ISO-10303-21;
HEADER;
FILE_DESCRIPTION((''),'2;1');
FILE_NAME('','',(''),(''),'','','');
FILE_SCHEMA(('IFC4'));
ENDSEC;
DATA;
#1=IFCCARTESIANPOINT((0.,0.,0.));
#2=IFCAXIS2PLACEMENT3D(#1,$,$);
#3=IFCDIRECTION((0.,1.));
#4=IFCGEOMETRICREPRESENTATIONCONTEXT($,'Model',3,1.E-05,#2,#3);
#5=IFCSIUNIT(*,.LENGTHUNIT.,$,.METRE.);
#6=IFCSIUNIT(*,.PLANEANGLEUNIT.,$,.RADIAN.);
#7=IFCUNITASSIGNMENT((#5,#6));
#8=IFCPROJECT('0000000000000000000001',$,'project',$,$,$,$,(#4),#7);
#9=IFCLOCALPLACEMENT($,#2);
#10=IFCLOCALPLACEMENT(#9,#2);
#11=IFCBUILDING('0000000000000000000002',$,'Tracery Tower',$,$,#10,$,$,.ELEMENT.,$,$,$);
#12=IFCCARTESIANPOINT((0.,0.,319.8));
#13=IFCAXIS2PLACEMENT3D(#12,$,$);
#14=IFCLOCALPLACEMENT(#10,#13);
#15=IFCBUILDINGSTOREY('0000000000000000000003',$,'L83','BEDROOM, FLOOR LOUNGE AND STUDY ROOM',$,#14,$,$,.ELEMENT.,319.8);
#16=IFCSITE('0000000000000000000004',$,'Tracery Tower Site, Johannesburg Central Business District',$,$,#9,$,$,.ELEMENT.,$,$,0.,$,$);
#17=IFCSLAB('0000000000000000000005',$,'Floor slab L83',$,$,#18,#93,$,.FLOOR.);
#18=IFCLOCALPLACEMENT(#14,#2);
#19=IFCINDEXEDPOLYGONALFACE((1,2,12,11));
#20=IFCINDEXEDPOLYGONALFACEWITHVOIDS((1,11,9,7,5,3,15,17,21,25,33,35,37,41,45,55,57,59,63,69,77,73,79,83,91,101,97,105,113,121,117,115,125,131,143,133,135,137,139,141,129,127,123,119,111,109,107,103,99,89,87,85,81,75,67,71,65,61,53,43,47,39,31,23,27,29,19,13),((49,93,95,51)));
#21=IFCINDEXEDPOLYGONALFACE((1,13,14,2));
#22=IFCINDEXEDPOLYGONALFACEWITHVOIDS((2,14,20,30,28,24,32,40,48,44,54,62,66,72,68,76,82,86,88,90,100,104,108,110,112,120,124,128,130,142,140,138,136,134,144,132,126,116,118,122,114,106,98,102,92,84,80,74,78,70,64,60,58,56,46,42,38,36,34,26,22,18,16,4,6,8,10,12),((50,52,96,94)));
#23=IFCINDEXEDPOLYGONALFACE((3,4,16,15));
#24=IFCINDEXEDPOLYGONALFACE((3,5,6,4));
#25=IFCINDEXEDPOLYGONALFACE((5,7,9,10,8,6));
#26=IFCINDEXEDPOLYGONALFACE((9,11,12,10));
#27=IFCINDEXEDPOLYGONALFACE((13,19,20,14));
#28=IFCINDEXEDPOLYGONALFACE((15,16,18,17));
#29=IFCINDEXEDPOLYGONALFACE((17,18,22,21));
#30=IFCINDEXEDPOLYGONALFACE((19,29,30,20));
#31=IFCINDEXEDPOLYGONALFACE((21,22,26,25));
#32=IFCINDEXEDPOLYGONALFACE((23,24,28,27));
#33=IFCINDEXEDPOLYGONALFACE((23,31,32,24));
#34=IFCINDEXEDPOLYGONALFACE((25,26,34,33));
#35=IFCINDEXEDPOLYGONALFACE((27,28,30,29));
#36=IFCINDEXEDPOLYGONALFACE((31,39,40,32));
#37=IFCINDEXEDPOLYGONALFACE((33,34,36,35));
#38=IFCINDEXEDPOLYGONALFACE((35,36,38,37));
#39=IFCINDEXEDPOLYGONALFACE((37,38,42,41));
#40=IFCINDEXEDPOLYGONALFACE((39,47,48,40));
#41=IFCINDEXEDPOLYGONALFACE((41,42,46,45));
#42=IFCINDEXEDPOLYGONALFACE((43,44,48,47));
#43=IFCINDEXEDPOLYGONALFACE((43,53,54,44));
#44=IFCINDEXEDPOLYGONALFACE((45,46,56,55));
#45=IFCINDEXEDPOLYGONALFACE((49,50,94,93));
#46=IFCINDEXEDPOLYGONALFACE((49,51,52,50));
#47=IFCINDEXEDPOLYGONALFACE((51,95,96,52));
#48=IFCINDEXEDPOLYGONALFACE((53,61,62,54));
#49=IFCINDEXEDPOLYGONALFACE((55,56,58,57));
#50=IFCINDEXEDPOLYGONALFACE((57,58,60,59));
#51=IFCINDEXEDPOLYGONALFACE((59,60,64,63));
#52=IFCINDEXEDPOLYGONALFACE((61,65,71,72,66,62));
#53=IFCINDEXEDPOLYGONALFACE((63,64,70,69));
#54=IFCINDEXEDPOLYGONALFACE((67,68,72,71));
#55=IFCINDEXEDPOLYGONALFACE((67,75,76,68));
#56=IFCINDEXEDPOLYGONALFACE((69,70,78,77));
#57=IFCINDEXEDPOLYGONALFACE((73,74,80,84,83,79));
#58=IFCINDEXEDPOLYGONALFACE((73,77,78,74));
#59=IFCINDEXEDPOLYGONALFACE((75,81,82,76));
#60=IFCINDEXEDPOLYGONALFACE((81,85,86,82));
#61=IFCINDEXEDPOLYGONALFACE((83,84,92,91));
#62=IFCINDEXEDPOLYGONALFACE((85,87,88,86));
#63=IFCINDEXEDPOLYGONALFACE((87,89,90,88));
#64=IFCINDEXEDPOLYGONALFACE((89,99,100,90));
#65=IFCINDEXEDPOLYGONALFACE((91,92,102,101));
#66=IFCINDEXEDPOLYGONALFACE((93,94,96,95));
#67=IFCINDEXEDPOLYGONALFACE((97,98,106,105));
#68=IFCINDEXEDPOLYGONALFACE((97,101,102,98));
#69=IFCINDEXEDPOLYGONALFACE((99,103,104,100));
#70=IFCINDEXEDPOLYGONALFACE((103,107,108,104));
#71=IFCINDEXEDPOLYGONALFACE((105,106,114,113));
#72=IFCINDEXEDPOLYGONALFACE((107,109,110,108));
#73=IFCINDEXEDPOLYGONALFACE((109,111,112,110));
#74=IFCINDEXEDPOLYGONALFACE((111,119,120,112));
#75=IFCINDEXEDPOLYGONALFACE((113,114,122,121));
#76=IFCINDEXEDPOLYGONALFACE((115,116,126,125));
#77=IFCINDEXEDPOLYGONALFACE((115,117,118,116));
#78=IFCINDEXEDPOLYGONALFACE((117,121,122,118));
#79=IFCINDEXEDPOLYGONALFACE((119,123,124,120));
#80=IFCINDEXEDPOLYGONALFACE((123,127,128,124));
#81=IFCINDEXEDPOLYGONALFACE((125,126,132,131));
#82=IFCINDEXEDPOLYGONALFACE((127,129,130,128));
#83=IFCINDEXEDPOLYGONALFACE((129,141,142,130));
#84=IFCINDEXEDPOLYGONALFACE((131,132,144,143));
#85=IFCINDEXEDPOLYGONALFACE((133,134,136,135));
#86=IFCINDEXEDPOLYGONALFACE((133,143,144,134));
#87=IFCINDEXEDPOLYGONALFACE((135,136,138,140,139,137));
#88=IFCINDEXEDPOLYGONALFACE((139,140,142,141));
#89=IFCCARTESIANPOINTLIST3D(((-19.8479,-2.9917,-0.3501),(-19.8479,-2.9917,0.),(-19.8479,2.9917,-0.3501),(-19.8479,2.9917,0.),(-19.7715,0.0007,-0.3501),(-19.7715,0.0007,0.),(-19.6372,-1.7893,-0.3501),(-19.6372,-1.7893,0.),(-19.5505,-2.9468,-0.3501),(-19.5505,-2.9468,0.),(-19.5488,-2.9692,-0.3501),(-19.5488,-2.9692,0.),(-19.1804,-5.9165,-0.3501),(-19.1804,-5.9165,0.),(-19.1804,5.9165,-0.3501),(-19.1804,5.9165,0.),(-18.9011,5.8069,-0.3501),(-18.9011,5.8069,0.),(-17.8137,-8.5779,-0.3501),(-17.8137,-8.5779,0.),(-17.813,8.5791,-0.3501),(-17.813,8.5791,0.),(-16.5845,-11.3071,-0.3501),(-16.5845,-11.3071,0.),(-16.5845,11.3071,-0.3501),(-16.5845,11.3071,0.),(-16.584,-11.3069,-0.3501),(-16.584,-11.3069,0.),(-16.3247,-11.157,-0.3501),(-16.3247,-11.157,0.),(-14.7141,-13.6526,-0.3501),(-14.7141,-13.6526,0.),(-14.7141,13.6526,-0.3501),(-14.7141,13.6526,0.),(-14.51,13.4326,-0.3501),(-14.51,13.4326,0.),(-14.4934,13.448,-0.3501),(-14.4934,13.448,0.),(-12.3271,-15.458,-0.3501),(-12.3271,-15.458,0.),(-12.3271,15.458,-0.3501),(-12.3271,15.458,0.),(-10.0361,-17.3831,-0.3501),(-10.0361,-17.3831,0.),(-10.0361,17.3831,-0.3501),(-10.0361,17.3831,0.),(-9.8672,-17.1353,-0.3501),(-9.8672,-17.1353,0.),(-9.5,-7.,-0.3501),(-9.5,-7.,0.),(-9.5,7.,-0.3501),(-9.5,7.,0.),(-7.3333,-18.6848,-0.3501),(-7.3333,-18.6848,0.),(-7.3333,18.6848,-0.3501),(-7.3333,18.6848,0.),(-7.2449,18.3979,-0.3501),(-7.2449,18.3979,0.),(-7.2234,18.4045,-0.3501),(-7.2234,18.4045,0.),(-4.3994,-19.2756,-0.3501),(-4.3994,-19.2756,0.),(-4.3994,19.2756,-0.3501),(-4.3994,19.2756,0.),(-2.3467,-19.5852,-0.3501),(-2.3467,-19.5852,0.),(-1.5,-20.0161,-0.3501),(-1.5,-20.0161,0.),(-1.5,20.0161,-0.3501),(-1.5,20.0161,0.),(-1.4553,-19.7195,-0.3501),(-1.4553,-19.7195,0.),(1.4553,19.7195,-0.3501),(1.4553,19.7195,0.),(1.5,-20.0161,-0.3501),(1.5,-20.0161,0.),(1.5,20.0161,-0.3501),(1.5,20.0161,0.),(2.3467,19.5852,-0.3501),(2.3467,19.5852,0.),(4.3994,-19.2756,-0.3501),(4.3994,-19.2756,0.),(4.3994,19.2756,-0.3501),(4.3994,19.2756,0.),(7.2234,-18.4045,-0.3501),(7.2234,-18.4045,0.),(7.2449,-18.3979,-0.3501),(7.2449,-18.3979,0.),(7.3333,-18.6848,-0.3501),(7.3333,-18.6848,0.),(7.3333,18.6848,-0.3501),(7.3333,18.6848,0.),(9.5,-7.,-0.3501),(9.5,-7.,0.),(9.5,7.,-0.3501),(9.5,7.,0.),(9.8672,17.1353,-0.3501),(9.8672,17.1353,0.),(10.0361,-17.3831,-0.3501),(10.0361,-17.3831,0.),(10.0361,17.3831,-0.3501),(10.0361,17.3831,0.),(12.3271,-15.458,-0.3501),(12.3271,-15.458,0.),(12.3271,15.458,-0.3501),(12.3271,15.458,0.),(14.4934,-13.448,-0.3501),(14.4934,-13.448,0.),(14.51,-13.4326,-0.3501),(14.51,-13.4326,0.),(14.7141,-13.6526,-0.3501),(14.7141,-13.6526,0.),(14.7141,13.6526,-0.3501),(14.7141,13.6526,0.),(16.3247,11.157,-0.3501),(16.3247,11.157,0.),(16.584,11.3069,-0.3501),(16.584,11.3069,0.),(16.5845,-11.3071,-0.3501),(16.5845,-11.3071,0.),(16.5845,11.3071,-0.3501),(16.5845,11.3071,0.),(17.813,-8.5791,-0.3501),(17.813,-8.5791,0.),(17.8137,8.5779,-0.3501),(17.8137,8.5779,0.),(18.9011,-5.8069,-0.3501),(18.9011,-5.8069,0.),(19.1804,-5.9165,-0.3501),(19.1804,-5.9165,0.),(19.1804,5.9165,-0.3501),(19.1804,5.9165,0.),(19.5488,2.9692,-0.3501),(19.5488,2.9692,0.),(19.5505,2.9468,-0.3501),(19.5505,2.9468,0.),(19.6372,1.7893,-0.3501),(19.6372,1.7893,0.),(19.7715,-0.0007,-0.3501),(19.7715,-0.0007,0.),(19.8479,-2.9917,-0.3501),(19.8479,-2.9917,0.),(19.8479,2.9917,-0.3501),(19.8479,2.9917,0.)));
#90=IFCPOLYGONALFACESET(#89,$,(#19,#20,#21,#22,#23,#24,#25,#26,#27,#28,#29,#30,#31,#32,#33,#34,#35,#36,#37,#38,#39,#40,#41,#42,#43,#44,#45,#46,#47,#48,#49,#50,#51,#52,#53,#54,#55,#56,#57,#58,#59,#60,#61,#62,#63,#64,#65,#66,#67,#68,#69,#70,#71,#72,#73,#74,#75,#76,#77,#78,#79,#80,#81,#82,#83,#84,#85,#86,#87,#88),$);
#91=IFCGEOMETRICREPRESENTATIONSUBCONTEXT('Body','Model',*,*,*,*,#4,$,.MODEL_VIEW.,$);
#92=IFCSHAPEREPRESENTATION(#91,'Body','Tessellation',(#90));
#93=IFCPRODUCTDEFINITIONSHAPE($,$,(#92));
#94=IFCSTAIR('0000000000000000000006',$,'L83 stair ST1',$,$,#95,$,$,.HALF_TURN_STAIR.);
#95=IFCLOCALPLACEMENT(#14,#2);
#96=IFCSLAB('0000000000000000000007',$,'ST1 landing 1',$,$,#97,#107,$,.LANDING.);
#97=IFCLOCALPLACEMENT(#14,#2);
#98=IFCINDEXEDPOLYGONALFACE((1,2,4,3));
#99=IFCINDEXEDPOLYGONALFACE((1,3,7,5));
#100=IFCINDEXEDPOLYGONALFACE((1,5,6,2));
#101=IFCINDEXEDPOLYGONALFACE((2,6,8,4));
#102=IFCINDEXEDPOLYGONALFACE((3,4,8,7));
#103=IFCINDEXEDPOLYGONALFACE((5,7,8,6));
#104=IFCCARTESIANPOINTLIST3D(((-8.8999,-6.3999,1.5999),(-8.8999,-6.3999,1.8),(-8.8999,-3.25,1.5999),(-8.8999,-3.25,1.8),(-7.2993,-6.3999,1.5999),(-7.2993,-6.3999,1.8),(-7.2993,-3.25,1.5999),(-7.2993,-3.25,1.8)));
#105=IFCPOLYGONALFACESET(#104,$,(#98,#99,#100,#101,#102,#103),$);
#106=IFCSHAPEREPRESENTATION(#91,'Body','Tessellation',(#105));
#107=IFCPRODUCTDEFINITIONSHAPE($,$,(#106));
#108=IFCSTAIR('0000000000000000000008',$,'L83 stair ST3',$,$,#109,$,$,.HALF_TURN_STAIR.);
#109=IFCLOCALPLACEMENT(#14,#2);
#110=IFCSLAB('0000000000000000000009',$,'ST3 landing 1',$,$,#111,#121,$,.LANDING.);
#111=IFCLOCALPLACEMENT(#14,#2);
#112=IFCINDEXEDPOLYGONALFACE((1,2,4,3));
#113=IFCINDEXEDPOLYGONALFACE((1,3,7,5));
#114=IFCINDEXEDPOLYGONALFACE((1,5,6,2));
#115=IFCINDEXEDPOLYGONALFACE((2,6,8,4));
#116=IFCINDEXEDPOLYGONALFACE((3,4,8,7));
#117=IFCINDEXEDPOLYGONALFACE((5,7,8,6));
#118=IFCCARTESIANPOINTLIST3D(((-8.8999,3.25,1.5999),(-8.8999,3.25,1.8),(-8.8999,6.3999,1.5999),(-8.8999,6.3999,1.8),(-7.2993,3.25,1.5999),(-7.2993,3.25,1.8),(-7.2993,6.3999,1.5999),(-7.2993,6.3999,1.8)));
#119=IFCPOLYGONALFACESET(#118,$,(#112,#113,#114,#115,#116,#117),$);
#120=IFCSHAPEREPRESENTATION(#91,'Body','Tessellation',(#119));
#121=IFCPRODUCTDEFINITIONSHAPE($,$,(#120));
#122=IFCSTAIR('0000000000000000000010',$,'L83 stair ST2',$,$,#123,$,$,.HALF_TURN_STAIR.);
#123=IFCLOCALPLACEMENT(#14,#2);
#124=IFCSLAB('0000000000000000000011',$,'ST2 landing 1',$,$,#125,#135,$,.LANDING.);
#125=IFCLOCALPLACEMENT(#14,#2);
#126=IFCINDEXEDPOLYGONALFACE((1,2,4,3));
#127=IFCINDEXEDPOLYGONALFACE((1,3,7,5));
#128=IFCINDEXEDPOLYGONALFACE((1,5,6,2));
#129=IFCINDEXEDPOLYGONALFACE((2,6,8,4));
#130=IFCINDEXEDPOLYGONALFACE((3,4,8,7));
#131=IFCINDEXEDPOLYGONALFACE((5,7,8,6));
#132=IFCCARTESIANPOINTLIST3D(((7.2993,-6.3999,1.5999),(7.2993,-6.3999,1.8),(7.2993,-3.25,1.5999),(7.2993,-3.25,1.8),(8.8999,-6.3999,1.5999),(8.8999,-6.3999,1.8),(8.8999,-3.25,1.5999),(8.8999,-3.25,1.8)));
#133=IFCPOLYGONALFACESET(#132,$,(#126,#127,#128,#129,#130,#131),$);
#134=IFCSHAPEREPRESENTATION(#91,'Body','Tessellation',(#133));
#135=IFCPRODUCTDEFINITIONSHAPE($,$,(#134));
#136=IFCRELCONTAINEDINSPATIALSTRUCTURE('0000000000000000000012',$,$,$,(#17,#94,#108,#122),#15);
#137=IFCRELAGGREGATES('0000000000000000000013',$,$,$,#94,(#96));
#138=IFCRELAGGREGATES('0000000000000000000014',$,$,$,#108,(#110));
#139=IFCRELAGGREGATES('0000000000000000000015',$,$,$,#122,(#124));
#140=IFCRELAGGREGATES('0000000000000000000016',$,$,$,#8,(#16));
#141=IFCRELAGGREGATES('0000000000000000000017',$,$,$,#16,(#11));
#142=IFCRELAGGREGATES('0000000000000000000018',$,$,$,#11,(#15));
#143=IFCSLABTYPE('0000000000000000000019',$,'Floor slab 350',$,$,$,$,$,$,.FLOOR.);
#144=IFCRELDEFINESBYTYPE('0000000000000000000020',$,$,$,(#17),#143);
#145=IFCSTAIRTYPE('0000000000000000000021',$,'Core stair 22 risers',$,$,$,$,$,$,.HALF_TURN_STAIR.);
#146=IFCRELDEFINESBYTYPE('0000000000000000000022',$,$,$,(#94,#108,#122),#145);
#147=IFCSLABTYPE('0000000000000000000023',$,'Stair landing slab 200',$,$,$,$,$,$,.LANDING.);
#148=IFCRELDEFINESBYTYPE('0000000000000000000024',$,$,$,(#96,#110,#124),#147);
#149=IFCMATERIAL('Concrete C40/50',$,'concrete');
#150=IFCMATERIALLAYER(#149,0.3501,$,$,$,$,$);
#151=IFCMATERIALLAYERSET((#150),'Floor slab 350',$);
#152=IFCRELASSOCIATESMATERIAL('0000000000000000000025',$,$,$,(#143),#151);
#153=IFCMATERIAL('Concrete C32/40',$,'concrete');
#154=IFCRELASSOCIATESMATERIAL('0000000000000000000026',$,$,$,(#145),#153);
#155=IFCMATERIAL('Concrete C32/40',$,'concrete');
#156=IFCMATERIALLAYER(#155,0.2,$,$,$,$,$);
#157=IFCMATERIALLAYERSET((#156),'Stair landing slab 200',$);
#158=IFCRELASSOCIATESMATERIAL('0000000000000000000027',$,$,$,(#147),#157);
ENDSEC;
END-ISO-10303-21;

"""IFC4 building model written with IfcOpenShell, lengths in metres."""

from ifc_helpers import new_model, si_unit, direction, frame, origin, place, context, subcontext, project, spatial, polyline, outline, extrude, material, layer, layer_set, type_object, element, aggregate, save


model = new_model("IFC4")

# Units and contexts
model_context = context("Model", 3, precision=1e-05, world=origin(), true_north=direction((0.0, 1.0)))
body_context = subcontext(model_context, "Body", "Model", "MODEL_VIEW")
ifc_project = project(units=[si_unit("LENGTHUNIT", "METRE"), si_unit("PLANEANGLEUNIT", "RADIAN")], contexts=[model_context])

# Site, building, storey
site_placement = place(None, origin())
site = spatial("IfcSite", under=ifc_project, at=site_placement, Name="Tracery Tower Site, Johannesburg Central Business District", CompositionType="ELEMENT", RefElevation=0.0)
building_placement = place(site_placement, origin())
building = spatial("IfcBuilding", under=site, at=building_placement, Name="Tracery Tower", CompositionType="ELEMENT")
storey_placement = place(building_placement, frame((0.0, 0.0, 319.8)))
storey = spatial("IfcBuildingStorey", under=building, at=storey_placement, Name="L83", Description="BEDROOM, FLOOR LOUNGE AND STUDY ROOM", CompositionType="ELEMENT", Elevation=319.8)

# Slab
ifc_material_1 = material(Name="Concrete C40/50", Category="concrete")
ifc_layer_1 = layer(ifc_material_1, 0.3501)
ifc_layer_set_1 = layer_set([ifc_layer_1], Name="Floor slab 350")
slab_type_1 = type_object("IfcSlabType", Name="Floor slab 350", PredefinedType="FLOOR", material=ifc_layer_set_1)
slab_1_placement = place(storey_placement, frame((0.0, 0.0, -0.3501)))
element("IfcSlab", 1, at=slab_1_placement, inside=storey, type_object=slab_type_1, Name="Floor slab L83", PredefinedType="FLOOR", context=body_context, shape_type="SweptSolid", body=[
    extrude(outline(polyline([(19.5505, 2.9468), (19.5488, 2.9692), (19.8479, 2.9917), (19.1804, 5.9165), (17.8137, 8.5779), (16.3247, 11.157), (16.584, 11.3069), (16.5845, 11.3071), (14.7141, 13.6526), (12.3271, 15.458), (9.8672, 17.1353), (10.0361, 17.3831), (7.3333, 18.6848), (4.3994, 19.2756), (2.3467, 19.5852), (1.4553, 19.7195), (1.5, 20.0161), (1.5, 20.0161), (-1.5, 20.0161), (-4.3994, 19.2756), (-7.2234, 18.4045), (-7.2234, 18.4045), (-7.2449, 18.3979), (-7.3333, 18.6848), (-10.0361, 17.3831), (-12.3271, 15.458), (-14.4934, 13.448), (-14.4934, 13.448), (-14.51, 13.4326), (-14.7141, 13.6526), (-14.7141, 13.6526), (-16.5845, 11.3071), (-17.813, 8.5791), (-18.9011, 5.8069), (-19.1804, 5.9165), (-19.8479, 2.9917), (-19.7715, 0.0007), (-19.6372, -1.7893), (-19.5505, -2.9468), (-19.5505, -2.9468), (-19.5488, -2.9692), (-19.8479, -2.9917), (-19.1804, -5.9165), (-17.8137, -8.5779), (-16.3247, -11.157), (-16.584, -11.3069), (-16.5845, -11.3071), (-14.7141, -13.6526), (-12.3271, -15.458), (-9.8672, -17.1353), (-10.0361, -17.3831), (-7.3333, -18.6848), (-4.3994, -19.2756), (-2.3467, -19.5852), (-1.4553, -19.7195), (-1.5, -20.0161), (-1.5, -20.0161), (1.5, -20.0161), (4.3994, -19.2756), (7.2234, -18.4045), (7.2234, -18.4045), (7.2449, -18.3979), (7.3333, -18.6848), (10.0361, -17.3831), (12.3271, -15.458), (14.4934, -13.448), (14.4934, -13.448), (14.51, -13.4326), (14.7141, -13.6526), (14.7141, -13.6526), (16.5845, -11.3071), (17.813, -8.5791), (18.9011, -5.8069), (19.1804, -5.9165), (19.8479, -2.9917), (19.7715, -0.0007), (19.6372, 1.7893), (19.5505, 2.9468), (19.5505, 2.9468)]), holes=[polyline([(-9.5, -7.0), (9.5, -7.0), (9.5, 7.0), (-9.5, 7.0), (-9.5, -7.0)])]), origin(), (0.0, 0.0, 1.0), 0.3501),
])

# Stairs, slabs
ifc_material_2 = material(Name="Concrete C32/40", Category="concrete")
stair_type = type_object("IfcStairType", Name="Core stair 22 risers", PredefinedType="HALF_TURN_STAIR", material=ifc_material_2)
stair_1_placement = place(storey_placement, origin())
stair_1 = element("IfcStair", 2, at=stair_1_placement, inside=storey, type_object=stair_type, Name="L83 stair ST1", PredefinedType="HALF_TURN_STAIR")
ifc_material_3 = material(Name="Concrete C32/40", Category="concrete")
ifc_layer_2 = layer(ifc_material_3, 0.2)
ifc_layer_set_2 = layer_set([ifc_layer_2], Name="Stair landing slab 200")
slab_type_2 = type_object("IfcSlabType", Name="Stair landing slab 200", PredefinedType="LANDING", material=ifc_layer_set_2)
slab_2_placement = place(storey_placement, frame((0.0, 0.0, 1.5999)))
slab_2 = element("IfcSlab", 3, at=slab_2_placement, type_object=slab_type_2, Name="ST1 landing 1", PredefinedType="LANDING", context=body_context, shape_type="SweptSolid", body=[
    extrude(outline(polyline([(-7.2993, -3.25), (-8.8999, -3.25), (-8.8999, -6.3999), (-7.2993, -6.3999), (-7.2993, -3.25)])), origin(), (0.0, 0.0, 1.0), 0.2002),
])
aggregate(stair_1, [slab_2])
stair_2_placement = place(storey_placement, origin())
stair_2 = element("IfcStair", 4, at=stair_2_placement, inside=storey, type_object=stair_type, Name="L83 stair ST3", PredefinedType="HALF_TURN_STAIR")
slab_3_placement = place(storey_placement, frame((0.0, 0.0, 1.5999)))
slab_3 = element("IfcSlab", 5, at=slab_3_placement, type_object=slab_type_2, Name="ST3 landing 1", PredefinedType="LANDING", context=body_context, shape_type="SweptSolid", body=[
    extrude(outline(polyline([(-7.2993, 6.3999), (-8.8999, 6.3999), (-8.8999, 3.25), (-7.2993, 3.25), (-7.2993, 6.3999)])), origin(), (0.0, 0.0, 1.0), 0.2002),
])
aggregate(stair_2, [slab_3])
stair_3_placement = place(storey_placement, origin())
stair_3 = element("IfcStair", 6, at=stair_3_placement, inside=storey, type_object=stair_type, Name="L83 stair ST2", PredefinedType="HALF_TURN_STAIR")
slab_4_placement = place(storey_placement, frame((0.0, 0.0, 1.5999)))
slab_4 = element("IfcSlab", 7, at=slab_4_placement, type_object=slab_type_2, Name="ST2 landing 1", PredefinedType="LANDING", context=body_context, shape_type="SweptSolid", body=[
    extrude(outline(polyline([(7.2993, -6.3999), (8.8999, -6.3999), (8.8999, -3.25), (7.2993, -3.25), (7.2993, -6.3999)])), origin(), (0.0, 0.0, 1.0), 0.2002),
])
aggregate(stair_3, [slab_4])

save(model, "model.ifc")
